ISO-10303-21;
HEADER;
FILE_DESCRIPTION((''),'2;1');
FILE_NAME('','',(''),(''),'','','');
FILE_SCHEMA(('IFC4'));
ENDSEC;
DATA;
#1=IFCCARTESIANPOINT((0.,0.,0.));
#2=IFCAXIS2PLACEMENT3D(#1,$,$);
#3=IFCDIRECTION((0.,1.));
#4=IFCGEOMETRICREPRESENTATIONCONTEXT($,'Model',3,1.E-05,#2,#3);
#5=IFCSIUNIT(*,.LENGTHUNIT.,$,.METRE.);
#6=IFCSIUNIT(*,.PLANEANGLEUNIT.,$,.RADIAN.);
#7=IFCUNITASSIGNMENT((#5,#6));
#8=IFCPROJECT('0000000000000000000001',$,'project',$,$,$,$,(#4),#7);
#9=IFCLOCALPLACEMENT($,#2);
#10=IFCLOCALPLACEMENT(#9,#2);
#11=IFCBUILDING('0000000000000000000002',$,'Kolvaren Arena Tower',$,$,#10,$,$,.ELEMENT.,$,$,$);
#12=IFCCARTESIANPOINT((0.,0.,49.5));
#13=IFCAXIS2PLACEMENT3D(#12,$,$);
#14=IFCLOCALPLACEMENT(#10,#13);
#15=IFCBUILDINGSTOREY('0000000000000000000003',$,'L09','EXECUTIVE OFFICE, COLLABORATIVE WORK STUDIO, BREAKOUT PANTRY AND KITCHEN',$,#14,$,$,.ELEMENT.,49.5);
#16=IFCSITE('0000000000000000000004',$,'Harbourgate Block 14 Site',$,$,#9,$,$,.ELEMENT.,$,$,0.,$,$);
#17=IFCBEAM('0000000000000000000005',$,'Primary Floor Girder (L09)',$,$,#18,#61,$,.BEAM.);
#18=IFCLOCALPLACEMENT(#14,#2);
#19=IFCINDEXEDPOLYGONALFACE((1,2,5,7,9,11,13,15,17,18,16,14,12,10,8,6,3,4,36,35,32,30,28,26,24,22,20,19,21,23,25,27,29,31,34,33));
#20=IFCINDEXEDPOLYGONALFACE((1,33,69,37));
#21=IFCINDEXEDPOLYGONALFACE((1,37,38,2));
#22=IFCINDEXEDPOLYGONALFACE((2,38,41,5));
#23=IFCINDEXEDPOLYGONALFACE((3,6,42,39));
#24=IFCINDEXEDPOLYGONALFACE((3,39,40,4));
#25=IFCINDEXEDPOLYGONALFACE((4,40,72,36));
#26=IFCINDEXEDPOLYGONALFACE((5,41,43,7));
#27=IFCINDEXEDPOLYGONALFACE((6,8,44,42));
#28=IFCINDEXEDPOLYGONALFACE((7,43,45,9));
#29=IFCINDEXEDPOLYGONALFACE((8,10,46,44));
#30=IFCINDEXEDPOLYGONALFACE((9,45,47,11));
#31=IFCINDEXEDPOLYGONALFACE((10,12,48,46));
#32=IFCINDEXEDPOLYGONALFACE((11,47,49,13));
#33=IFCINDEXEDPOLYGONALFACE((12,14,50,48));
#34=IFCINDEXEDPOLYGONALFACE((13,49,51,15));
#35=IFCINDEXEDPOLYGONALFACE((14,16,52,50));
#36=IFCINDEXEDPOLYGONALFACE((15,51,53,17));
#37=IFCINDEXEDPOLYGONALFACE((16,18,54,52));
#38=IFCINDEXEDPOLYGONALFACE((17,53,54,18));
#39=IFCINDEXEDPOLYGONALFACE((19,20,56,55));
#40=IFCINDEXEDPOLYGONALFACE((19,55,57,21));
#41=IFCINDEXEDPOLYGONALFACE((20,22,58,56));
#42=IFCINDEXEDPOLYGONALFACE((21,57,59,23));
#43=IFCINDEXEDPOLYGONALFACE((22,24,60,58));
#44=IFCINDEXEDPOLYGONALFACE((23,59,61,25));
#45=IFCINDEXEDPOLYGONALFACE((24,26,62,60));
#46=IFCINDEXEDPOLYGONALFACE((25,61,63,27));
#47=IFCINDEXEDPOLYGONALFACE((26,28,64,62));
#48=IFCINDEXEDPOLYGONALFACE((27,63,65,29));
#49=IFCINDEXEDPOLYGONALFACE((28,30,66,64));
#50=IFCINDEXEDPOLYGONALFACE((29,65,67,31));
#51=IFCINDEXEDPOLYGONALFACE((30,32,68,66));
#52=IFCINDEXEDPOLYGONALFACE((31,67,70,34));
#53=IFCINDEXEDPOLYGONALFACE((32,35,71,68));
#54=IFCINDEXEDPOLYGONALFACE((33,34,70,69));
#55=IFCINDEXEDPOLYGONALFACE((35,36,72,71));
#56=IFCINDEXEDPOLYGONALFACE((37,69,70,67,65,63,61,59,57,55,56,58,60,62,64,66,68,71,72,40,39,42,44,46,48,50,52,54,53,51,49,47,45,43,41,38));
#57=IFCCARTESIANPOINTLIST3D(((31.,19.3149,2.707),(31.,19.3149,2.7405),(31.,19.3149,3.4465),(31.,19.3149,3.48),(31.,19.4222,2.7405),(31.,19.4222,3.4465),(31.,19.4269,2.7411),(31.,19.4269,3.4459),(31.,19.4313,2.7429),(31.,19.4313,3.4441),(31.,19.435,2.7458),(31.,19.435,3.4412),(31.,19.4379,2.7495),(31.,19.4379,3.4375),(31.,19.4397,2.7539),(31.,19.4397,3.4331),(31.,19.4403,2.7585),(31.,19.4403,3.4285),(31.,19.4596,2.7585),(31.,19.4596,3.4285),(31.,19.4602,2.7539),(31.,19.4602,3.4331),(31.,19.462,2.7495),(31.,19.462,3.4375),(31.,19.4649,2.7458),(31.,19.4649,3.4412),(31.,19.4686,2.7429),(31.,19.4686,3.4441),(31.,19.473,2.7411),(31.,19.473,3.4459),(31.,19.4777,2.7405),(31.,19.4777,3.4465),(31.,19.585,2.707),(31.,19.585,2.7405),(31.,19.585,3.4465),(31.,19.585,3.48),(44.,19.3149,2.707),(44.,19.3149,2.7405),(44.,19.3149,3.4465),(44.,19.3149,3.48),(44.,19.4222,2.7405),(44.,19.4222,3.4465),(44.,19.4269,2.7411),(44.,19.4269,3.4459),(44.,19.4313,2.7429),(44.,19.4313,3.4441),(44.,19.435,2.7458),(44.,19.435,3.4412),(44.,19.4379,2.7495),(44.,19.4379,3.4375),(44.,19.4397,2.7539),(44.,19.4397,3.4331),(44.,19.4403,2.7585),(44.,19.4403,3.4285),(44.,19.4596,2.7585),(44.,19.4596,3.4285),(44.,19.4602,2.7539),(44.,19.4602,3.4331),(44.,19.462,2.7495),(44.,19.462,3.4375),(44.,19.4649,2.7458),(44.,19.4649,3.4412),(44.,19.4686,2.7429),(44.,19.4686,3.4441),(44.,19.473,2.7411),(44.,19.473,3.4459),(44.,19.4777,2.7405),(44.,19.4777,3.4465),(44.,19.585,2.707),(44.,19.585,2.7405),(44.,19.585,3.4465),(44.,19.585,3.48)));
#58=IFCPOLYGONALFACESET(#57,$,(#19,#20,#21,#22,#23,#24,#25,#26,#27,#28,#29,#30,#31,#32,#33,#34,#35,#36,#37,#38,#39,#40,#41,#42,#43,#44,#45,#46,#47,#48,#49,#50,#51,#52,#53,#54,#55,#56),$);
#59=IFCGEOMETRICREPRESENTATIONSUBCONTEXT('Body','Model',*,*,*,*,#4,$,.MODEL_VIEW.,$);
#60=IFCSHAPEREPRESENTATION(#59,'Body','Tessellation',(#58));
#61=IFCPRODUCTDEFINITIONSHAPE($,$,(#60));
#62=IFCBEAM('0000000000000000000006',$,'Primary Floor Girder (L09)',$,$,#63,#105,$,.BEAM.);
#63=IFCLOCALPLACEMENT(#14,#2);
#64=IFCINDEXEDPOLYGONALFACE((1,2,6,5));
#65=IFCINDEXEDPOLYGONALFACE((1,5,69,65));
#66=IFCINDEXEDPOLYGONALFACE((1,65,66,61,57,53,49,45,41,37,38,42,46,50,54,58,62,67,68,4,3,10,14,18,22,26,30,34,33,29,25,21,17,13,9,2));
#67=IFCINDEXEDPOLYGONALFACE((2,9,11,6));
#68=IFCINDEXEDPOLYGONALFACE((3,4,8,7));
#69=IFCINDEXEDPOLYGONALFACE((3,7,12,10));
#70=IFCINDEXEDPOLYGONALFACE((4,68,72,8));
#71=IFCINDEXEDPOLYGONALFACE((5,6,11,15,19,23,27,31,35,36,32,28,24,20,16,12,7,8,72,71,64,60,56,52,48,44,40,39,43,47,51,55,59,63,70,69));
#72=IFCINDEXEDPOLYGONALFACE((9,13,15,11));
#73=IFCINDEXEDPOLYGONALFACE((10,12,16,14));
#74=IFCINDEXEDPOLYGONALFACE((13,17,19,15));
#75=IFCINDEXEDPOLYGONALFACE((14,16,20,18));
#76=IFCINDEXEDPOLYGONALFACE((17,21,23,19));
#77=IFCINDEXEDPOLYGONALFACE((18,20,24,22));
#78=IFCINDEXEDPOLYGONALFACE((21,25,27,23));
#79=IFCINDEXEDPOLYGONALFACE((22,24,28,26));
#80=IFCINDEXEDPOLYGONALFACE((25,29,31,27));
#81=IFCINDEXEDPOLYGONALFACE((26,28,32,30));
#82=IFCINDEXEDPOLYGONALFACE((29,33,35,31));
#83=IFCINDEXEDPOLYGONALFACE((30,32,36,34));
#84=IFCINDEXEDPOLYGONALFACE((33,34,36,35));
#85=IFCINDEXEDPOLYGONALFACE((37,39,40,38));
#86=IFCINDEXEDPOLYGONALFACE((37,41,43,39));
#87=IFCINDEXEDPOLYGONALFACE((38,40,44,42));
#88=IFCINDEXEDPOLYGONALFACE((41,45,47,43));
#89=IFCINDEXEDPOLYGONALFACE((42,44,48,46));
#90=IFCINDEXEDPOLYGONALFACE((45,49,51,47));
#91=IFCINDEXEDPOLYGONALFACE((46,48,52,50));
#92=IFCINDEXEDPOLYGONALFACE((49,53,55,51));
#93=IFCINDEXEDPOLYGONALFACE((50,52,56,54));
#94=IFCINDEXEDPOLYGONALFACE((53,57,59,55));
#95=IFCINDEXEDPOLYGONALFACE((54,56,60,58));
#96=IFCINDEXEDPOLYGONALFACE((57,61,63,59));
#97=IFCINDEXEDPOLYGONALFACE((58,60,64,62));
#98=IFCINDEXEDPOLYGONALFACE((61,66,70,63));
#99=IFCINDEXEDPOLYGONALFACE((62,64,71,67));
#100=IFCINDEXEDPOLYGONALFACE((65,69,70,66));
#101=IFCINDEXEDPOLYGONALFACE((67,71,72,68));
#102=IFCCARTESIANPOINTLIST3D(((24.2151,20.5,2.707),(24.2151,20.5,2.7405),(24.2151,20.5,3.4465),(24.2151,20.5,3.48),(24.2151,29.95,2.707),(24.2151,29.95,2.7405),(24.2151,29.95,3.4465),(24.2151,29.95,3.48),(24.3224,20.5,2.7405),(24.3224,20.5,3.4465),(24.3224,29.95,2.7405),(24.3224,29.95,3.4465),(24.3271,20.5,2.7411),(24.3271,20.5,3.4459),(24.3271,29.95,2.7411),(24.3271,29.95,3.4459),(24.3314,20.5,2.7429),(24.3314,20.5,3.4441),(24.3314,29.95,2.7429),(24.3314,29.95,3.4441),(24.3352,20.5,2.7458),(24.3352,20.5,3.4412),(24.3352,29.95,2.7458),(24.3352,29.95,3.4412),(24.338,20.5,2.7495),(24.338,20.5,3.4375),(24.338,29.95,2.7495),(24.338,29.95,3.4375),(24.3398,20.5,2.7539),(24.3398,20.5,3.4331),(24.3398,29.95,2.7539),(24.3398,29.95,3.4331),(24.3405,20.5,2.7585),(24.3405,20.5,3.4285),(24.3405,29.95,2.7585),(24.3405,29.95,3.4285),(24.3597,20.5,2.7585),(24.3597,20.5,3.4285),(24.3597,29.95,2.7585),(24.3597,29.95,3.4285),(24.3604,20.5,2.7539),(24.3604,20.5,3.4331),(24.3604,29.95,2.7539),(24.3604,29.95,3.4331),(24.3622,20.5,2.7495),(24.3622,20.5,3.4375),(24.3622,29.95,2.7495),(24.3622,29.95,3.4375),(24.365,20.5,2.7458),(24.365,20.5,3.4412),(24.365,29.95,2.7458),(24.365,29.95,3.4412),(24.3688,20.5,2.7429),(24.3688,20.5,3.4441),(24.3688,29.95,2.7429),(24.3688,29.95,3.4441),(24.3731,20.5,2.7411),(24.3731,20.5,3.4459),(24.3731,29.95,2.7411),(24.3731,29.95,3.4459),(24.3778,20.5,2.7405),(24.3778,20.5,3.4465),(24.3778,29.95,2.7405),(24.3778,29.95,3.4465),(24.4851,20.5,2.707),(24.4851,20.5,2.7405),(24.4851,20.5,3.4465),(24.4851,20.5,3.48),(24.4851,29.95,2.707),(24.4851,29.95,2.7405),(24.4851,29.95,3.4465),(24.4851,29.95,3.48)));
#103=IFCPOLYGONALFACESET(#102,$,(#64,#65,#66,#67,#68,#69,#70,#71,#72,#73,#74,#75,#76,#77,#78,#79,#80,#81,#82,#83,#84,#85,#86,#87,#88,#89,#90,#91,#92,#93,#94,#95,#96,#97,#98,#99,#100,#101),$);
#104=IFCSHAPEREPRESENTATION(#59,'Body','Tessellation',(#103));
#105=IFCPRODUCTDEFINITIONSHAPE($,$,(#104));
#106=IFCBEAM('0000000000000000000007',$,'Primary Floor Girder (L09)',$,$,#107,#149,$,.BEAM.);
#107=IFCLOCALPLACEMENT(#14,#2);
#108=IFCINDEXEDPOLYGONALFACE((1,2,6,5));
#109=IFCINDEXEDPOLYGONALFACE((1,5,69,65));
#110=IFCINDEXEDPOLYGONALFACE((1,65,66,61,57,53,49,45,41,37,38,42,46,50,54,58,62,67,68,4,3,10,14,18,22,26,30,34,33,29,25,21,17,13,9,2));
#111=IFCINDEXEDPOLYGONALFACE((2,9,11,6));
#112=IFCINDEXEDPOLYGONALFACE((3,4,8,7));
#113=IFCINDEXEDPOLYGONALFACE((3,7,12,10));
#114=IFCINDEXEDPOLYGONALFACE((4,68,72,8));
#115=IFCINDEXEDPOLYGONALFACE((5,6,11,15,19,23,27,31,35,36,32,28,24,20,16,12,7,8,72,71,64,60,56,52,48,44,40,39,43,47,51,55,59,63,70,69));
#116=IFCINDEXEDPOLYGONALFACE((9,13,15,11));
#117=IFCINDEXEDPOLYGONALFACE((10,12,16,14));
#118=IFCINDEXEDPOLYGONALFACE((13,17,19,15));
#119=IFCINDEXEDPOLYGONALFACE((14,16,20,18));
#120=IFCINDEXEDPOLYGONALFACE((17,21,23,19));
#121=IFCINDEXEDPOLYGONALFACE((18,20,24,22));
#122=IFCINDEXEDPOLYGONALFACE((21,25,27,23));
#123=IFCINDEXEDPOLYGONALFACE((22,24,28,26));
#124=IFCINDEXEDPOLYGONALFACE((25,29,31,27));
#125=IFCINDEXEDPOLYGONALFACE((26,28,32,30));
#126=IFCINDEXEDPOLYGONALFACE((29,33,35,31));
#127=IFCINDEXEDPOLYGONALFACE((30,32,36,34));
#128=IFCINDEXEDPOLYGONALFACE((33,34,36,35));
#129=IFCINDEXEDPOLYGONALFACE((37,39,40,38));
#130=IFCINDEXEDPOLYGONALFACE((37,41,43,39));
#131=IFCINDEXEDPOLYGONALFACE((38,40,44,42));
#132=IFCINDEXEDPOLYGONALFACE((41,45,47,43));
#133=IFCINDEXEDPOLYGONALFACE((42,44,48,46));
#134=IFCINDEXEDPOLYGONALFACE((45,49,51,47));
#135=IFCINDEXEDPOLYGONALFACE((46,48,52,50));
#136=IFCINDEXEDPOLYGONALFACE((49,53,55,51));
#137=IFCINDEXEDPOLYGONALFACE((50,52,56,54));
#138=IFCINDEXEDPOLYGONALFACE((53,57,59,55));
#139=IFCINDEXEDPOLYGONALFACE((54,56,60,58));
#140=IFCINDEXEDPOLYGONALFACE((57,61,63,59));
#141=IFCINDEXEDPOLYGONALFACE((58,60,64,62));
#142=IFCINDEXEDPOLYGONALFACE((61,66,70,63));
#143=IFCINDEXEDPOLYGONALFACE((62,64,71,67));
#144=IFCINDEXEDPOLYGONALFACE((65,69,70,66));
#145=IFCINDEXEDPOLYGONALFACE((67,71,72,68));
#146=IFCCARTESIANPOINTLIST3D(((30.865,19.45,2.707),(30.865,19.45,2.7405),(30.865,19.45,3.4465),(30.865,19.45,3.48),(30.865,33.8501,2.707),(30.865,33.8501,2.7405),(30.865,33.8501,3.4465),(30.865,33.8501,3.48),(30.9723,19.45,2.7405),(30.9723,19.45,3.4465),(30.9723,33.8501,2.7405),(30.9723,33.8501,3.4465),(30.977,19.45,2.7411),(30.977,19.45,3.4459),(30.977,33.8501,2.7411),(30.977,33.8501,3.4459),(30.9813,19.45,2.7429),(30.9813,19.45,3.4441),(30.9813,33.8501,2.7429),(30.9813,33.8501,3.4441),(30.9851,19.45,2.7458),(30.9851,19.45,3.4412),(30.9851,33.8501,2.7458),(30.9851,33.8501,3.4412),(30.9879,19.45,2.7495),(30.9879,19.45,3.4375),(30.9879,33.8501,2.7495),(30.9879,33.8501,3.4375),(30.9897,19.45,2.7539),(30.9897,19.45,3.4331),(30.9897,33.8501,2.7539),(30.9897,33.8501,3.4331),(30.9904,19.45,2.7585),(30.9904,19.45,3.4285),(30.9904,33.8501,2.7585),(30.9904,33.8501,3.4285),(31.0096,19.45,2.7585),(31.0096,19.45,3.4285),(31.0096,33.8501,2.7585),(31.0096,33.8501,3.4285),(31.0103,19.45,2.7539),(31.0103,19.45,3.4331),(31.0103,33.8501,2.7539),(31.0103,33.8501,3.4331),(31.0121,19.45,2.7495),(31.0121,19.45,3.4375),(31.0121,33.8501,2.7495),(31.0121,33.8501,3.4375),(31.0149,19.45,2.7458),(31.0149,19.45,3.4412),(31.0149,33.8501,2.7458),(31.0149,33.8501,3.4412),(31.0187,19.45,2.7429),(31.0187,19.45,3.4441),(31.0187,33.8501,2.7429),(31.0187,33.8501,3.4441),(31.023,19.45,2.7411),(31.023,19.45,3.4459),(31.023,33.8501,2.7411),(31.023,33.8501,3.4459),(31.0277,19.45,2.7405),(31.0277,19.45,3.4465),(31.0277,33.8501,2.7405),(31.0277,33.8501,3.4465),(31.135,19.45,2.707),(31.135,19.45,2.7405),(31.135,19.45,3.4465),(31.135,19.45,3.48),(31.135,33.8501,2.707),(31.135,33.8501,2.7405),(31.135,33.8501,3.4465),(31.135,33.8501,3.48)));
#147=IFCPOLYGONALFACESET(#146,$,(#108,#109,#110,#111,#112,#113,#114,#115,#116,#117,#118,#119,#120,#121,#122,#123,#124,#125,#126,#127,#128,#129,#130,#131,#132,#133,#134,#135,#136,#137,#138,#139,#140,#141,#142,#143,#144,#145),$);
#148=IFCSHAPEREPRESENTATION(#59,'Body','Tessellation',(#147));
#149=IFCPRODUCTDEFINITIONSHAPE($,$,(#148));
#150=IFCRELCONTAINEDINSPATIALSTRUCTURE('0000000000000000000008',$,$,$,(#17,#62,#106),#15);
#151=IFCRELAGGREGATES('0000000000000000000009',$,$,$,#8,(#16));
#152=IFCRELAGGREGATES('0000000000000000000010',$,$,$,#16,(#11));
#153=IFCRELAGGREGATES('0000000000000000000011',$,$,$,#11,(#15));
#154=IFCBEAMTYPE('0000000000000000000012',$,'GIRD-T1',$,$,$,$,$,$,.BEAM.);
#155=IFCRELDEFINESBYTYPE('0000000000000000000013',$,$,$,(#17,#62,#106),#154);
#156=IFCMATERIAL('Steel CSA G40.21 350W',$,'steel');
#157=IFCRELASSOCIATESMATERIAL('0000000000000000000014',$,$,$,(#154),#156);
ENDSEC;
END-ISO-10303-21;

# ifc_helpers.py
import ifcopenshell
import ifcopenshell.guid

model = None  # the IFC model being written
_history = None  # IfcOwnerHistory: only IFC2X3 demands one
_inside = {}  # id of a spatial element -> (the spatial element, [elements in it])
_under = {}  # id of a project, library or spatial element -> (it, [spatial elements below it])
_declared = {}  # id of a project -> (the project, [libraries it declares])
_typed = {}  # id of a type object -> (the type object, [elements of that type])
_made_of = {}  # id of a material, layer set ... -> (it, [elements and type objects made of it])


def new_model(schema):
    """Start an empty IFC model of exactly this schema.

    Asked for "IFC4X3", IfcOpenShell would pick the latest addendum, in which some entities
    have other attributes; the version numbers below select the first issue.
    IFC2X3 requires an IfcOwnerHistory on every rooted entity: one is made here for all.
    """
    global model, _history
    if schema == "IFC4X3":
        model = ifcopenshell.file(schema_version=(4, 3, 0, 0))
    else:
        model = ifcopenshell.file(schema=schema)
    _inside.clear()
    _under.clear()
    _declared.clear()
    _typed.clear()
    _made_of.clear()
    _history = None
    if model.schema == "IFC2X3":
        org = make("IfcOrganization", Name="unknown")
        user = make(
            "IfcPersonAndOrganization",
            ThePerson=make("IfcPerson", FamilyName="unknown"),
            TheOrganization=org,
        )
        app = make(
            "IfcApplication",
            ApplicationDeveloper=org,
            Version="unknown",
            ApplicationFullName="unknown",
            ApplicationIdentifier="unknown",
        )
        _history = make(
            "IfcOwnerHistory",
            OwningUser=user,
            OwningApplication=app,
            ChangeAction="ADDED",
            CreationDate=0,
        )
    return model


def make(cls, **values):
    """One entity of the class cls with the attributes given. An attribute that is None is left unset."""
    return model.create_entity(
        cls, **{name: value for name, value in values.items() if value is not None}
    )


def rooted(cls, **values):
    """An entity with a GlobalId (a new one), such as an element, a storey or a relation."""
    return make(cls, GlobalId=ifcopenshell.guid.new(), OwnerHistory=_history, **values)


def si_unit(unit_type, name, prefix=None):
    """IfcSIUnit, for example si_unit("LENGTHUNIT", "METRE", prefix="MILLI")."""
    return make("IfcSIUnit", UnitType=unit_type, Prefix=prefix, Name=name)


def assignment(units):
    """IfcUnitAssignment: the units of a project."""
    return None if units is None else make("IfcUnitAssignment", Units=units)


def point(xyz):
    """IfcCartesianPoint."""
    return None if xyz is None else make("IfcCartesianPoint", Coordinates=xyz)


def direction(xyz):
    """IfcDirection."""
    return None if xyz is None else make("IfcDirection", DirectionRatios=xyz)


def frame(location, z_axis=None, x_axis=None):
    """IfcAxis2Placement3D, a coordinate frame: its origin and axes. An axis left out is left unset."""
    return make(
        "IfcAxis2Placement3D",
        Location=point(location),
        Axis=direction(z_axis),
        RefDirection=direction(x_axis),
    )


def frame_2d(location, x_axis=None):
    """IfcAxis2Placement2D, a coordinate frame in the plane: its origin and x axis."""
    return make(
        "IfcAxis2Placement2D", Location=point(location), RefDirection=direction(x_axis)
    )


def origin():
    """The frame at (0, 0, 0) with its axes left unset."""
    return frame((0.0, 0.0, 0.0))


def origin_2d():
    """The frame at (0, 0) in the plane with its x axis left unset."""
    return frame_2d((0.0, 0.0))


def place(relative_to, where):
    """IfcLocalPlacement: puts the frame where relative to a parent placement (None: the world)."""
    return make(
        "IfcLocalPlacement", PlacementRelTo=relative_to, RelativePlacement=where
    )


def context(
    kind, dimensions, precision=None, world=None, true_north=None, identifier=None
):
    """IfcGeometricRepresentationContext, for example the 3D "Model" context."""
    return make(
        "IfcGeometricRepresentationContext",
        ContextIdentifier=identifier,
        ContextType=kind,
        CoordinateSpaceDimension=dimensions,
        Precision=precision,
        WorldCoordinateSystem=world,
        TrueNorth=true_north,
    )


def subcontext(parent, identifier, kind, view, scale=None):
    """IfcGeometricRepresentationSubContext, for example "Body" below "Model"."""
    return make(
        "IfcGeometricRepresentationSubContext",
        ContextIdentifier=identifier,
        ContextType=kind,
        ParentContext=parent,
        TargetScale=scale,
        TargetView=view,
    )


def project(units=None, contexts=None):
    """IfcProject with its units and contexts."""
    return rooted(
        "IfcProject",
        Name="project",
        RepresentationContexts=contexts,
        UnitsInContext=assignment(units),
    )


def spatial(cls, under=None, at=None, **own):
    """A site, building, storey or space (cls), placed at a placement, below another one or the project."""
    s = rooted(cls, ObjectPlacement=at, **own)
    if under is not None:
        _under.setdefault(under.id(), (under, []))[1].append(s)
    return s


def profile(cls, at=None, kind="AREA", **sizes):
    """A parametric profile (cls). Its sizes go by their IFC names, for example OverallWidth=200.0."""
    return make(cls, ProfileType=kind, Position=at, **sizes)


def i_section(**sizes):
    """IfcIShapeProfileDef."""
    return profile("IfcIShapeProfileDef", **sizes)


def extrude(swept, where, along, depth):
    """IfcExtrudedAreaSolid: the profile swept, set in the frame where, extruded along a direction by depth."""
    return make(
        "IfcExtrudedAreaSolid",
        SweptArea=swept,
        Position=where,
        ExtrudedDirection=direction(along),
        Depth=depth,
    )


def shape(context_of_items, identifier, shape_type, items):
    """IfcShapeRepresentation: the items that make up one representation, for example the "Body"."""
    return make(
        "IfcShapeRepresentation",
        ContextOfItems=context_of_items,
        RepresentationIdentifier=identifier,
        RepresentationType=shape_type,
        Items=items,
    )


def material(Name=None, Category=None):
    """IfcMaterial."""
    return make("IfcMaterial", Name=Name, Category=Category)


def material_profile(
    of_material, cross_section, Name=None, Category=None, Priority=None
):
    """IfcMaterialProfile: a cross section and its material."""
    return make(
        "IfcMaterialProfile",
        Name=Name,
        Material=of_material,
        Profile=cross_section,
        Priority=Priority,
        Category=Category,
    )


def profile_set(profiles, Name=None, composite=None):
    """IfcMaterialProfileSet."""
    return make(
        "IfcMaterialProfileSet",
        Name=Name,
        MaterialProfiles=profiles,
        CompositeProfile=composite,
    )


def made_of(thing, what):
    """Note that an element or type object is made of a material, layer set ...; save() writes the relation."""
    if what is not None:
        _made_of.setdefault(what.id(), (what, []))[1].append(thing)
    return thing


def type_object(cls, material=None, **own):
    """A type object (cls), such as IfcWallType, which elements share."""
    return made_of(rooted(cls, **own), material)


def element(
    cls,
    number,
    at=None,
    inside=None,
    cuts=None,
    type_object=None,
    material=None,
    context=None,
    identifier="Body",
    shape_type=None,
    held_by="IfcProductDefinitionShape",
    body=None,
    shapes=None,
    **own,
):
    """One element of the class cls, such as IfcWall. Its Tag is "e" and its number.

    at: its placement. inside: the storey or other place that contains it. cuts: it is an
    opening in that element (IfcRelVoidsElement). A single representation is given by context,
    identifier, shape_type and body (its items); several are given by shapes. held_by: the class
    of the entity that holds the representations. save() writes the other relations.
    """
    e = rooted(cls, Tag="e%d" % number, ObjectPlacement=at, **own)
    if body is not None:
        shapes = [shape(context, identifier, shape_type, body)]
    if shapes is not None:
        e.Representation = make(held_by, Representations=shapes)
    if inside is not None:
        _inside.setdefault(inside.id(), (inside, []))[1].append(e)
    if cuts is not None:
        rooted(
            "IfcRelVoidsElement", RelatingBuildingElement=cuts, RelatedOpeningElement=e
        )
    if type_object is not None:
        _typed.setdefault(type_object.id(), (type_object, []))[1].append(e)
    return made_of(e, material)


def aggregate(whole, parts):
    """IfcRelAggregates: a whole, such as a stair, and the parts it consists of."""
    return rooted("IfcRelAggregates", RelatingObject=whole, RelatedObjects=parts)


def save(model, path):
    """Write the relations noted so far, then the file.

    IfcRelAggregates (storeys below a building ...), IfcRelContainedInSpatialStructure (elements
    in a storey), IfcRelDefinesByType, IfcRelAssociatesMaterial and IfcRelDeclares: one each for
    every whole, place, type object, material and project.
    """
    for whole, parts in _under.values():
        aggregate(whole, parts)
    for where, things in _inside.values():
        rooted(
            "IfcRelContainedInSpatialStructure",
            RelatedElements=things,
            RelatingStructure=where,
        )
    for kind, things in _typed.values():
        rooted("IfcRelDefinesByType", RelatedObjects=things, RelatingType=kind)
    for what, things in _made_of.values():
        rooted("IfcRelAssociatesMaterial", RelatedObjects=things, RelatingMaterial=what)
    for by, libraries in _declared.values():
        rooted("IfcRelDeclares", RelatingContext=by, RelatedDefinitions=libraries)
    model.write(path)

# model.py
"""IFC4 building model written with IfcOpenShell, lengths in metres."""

from ifc_helpers import new_model, si_unit, direction, frame, origin, origin_2d, place, context, subcontext, project, spatial, i_section, extrude, material, material_profile, profile_set, type_object, element, save


model = new_model("IFC4")

# Units and contexts
model_context = context("Model", 3, precision=1e-05, world=origin(), true_north=direction((0.0, 1.0)))
body_context = subcontext(model_context, "Body", "Model", "MODEL_VIEW")
ifc_project = project(units=[si_unit("LENGTHUNIT", "METRE"), si_unit("PLANEANGLEUNIT", "RADIAN")], contexts=[model_context])

# Site, building, storey
site_placement = place(None, origin())
site = spatial("IfcSite", under=ifc_project, at=site_placement, Name="Harbourgate Block 14 Site", CompositionType="ELEMENT", RefElevation=0.0)
building_placement = place(site_placement, origin())
building = spatial("IfcBuilding", under=site, at=building_placement, Name="Kolvaren Arena Tower", CompositionType="ELEMENT")
storey_placement = place(building_placement, frame((0.0, 0.0, 49.5)))
storey = spatial("IfcBuildingStorey", under=building, at=storey_placement, Name="L09", Description="EXECUTIVE OFFICE, COLLABORATIVE WORK STUDIO, BREAKOUT PANTRY AND KITCHEN", CompositionType="ELEMENT", Elevation=49.5)

# Beams
ifc_material_1 = material(Name="Steel CSA G40.21 350W", Category="steel")
ifc_material_profile_1 = material_profile(ifc_material_1, i_section(OverallWidth=0.27, OverallDepth=0.7729, WebThickness=0.0193, FlangeThickness=0.0334, FilletRadius=0.0181, at=origin_2d()), Name="W760x257")
ifc_profile_set_1 = profile_set([ifc_material_profile_1], Name="Steel CSA G40.21 350W")
beam_type_1 = type_object("IfcBeamType", Name="GIRD-T1", PredefinedType="BEAM", material=ifc_profile_set_1)
beam_1_placement = place(storey_placement, frame((31.0, 19.45, 3.0935), z_axis=(1.0, 0.0, 0.0), x_axis=(0.0, 1.0, 0.0)))
element("IfcBeam", 1, at=beam_1_placement, inside=storey, type_object=beam_type_1, Name="Primary Floor Girder (L09)", PredefinedType="BEAM", context=body_context, shape_type="SweptSolid", body=[
    extrude(i_section(OverallWidth=0.27, OverallDepth=0.7729, WebThickness=0.0193, FlangeThickness=0.0334, FilletRadius=0.0181, at=origin_2d()), origin(), (0.0, 0.0, 1.0), 13.0),
])
beam_2_placement = place(storey_placement, frame((24.3501, 20.5, 3.0935), z_axis=(0.0, 1.0, 0.0), x_axis=(-1.0, 0.0, 0.0)))
element("IfcBeam", 2, at=beam_2_placement, inside=storey, type_object=beam_type_1, Name="Primary Floor Girder (L09)", PredefinedType="BEAM", context=body_context, shape_type="SweptSolid", body=[
    extrude(i_section(OverallWidth=0.27, OverallDepth=0.7729, WebThickness=0.0193, FlangeThickness=0.0334, FilletRadius=0.0181, at=origin_2d()), origin(), (0.0, 0.0, 1.0), 9.45),
])
beam_3_placement = place(storey_placement, frame((31.0, 19.45, 3.0935), z_axis=(0.0, 1.0, 0.0), x_axis=(-1.0, 0.0, 0.0)))
element("IfcBeam", 3, at=beam_3_placement, inside=storey, type_object=beam_type_1, Name="Primary Floor Girder (L09)", PredefinedType="BEAM", context=body_context, shape_type="SweptSolid", body=[
    extrude(i_section(OverallWidth=0.27, OverallDepth=0.7729, WebThickness=0.0193, FlangeThickness=0.0334, FilletRadius=0.0181, at=origin_2d()), origin(), (0.0, 0.0, 1.0), 14.4001),
])

save(model, "model.ifc")
